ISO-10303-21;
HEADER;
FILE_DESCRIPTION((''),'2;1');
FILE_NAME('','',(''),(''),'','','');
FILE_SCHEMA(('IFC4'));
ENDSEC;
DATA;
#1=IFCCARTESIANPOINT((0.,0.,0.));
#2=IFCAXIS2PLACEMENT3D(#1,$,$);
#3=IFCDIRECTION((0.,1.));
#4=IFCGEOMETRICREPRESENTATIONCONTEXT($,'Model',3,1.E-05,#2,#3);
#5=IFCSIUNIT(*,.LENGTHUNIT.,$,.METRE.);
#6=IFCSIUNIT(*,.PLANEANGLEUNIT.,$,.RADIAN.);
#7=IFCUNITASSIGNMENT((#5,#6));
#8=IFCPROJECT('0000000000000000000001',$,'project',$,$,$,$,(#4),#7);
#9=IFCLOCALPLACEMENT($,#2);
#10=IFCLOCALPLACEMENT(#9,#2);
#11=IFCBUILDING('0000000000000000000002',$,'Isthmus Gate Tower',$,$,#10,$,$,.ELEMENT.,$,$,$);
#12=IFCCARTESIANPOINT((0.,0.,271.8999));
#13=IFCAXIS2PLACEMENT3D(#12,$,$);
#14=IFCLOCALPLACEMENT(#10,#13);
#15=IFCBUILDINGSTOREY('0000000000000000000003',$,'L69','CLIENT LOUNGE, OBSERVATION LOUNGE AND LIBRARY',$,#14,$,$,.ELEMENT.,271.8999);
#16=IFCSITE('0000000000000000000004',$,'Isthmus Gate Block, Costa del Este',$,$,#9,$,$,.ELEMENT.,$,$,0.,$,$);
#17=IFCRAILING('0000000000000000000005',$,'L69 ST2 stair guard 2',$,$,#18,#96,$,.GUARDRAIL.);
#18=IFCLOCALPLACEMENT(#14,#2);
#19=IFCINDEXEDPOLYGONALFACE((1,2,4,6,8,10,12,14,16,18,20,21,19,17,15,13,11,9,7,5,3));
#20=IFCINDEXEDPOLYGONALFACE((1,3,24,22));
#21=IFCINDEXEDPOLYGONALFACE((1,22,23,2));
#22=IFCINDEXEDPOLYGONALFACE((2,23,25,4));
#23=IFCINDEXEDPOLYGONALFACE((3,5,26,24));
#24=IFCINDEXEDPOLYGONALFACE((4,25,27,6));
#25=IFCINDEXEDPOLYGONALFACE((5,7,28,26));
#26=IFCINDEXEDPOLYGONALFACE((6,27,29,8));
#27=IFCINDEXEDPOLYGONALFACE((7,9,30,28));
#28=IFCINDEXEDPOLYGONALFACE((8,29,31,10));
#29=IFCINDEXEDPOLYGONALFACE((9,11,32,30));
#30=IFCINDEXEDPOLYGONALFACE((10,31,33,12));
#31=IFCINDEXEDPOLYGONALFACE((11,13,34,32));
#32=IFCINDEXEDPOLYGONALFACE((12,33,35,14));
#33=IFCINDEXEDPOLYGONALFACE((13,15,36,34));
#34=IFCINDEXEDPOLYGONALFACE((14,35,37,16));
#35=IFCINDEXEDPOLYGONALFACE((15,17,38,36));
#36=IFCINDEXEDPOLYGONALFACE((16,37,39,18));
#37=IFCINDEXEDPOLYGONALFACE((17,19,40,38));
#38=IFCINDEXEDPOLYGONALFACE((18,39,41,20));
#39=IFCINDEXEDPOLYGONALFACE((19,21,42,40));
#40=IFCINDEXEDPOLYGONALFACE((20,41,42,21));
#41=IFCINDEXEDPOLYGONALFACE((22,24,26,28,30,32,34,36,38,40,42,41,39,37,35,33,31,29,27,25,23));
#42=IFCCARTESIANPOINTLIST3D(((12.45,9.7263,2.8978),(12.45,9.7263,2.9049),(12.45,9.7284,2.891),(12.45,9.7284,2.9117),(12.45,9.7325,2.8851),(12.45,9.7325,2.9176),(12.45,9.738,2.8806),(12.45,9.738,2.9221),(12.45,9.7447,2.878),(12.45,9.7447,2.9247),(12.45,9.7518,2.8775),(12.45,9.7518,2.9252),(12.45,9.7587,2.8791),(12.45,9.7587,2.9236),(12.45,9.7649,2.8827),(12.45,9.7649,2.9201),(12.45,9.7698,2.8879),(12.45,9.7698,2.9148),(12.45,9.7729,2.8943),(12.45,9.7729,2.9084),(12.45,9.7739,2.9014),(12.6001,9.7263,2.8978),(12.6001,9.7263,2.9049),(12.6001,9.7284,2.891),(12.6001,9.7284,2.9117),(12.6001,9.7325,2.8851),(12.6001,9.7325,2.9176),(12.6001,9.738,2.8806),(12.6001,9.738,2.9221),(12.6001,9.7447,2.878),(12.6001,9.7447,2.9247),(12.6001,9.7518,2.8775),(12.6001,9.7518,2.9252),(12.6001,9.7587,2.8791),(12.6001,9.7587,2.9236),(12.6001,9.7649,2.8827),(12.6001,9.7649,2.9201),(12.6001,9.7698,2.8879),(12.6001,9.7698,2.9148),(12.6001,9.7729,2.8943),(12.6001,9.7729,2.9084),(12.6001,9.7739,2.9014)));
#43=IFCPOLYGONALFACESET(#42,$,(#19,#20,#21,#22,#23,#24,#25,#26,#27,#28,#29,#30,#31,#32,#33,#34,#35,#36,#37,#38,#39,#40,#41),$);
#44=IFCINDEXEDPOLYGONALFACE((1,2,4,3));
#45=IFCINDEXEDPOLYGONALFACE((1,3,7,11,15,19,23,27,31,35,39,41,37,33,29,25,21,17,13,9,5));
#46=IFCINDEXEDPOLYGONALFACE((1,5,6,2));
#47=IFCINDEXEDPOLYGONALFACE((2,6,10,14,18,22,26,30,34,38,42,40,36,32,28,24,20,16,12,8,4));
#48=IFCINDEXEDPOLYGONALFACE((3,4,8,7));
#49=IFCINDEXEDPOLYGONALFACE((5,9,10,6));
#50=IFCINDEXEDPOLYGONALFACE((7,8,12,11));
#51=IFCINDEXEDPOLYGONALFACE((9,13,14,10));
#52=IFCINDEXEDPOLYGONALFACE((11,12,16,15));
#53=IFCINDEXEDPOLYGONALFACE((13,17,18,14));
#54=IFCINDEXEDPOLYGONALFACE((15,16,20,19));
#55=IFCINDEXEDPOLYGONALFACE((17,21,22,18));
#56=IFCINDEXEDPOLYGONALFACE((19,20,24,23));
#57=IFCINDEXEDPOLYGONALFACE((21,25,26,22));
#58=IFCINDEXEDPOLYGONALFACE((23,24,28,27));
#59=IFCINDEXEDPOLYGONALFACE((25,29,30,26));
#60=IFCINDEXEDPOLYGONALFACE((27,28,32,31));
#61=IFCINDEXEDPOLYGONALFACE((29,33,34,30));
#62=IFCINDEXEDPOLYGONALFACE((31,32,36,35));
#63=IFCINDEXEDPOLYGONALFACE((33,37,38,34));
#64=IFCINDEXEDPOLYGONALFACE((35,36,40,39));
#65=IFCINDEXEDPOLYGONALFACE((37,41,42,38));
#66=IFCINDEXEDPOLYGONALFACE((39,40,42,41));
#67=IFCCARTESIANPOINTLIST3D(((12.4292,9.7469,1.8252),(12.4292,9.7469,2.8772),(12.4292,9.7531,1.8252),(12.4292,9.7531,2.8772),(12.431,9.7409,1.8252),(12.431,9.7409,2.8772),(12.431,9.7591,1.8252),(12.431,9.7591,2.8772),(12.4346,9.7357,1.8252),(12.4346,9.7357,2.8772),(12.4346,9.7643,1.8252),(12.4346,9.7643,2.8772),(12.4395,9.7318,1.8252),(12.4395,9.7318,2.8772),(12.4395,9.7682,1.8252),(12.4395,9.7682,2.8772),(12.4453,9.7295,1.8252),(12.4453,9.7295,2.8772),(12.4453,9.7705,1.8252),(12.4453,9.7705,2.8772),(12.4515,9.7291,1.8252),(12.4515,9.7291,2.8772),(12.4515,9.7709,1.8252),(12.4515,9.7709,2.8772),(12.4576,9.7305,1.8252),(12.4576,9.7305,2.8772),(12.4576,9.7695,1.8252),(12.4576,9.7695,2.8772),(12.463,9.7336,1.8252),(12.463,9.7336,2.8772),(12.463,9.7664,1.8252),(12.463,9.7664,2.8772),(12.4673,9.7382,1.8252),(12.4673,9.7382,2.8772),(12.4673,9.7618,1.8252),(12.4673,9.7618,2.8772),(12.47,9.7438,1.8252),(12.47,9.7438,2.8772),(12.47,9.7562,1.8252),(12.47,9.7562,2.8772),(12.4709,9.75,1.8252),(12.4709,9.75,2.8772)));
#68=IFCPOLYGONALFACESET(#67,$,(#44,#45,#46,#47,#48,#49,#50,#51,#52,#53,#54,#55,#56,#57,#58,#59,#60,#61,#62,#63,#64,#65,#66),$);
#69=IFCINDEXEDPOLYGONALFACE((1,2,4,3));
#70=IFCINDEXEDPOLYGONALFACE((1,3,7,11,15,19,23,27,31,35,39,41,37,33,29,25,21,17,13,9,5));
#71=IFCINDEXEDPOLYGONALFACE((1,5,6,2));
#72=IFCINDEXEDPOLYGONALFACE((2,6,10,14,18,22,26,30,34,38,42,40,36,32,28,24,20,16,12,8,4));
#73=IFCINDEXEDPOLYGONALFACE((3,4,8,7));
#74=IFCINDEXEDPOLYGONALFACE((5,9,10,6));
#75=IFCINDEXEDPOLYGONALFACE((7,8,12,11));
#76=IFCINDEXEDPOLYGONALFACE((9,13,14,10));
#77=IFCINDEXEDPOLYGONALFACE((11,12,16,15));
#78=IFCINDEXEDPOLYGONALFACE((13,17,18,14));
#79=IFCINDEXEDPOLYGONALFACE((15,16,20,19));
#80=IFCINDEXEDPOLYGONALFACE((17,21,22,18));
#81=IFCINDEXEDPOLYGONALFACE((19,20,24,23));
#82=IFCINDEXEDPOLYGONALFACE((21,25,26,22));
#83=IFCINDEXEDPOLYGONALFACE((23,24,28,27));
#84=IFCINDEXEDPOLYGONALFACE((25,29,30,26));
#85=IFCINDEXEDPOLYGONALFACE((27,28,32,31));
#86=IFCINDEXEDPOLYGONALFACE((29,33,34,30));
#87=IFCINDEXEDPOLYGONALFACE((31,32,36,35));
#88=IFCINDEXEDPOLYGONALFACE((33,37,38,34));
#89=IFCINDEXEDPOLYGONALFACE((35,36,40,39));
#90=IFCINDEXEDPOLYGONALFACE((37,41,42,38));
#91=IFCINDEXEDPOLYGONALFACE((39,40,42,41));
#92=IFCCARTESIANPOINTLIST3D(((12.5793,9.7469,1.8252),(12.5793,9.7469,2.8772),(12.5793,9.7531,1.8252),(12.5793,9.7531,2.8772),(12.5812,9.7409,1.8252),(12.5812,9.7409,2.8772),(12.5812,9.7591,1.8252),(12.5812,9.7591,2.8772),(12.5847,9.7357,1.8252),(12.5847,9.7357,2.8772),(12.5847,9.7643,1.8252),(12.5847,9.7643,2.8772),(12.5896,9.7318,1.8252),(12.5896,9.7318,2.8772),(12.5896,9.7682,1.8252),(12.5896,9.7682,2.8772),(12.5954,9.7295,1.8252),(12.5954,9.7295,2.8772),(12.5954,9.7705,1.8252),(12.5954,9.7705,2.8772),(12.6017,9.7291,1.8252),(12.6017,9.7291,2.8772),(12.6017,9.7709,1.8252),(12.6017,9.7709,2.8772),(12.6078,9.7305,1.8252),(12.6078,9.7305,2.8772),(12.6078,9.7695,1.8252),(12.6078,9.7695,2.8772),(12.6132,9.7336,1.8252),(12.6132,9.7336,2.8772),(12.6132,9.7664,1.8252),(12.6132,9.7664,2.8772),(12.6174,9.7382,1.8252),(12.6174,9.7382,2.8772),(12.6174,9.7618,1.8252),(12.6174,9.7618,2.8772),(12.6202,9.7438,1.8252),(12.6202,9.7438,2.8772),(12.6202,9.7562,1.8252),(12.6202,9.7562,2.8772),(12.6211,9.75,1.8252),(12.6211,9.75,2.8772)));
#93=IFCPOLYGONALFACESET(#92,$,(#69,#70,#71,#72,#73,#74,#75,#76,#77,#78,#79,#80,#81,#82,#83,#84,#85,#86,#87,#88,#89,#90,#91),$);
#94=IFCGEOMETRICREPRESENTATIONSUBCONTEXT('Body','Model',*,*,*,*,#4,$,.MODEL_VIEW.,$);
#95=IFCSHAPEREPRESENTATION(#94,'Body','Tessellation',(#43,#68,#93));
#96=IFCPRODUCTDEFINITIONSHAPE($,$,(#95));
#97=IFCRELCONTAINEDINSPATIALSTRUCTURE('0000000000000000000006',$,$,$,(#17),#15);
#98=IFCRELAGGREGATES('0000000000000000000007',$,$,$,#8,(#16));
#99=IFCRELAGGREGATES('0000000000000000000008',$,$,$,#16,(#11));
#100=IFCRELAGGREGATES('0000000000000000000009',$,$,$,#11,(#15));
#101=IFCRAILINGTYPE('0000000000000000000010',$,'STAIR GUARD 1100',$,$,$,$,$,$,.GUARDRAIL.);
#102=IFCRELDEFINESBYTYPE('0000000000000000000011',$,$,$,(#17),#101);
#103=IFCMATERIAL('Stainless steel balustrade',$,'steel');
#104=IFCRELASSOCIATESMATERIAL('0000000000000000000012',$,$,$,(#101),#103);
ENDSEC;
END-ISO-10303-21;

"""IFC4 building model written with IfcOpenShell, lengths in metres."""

from ifc_helpers import new_model, si_unit, direction, frame, origin, origin_2d, place, context, subcontext, project, spatial, circle, extrude, material, type_object, element, save


model = new_model("IFC4")

# Units and contexts
model_context = context("Model", 3, precision=1e-05, world=origin(), true_north=direction((0.0, 1.0)))
body_context = subcontext(model_context, "Body", "Model", "MODEL_VIEW")
ifc_project = project(units=[si_unit("LENGTHUNIT", "METRE"), si_unit("PLANEANGLEUNIT", "RADIAN")], contexts=[model_context])

# Site, building, storey
site_placement = place(None, origin())
site = spatial("IfcSite", under=ifc_project, at=site_placement, Name="Isthmus Gate Block, Costa del Este", CompositionType="ELEMENT", RefElevation=0.0)
building_placement = place(site_placement, origin())
building = spatial("IfcBuilding", under=site, at=building_placement, Name="Isthmus Gate Tower", CompositionType="ELEMENT")
storey_placement = place(building_placement, frame((0.0, 0.0, 271.8999)))
storey = spatial("IfcBuildingStorey", under=building, at=storey_placement, Name="L69", Description="CLIENT LOUNGE, OBSERVATION LOUNGE AND LIBRARY", CompositionType="ELEMENT", Elevation=271.8999)

# Railing
ifc_material_1 = material(Name="Stainless steel balustrade", Category="steel")
railing_type_1 = type_object("IfcRailingType", Name="STAIR GUARD 1100", PredefinedType="GUARDRAIL", material=ifc_material_1)
railing_1_placement = place(storey_placement, frame((12.45, 9.75, 1.8252)))
element("IfcRailing", 1, at=railing_1_placement, inside=storey, type_object=railing_type_1, Name="L69 ST2 stair guard 2", PredefinedType="GUARDRAIL", context=body_context, shape_type="SweptSolid", body=[
    extrude(circle(Radius=0.0239, at=origin_2d()), frame((0.0, 0.0, 1.0762), z_axis=(1.0, 0.0, 0.0), x_axis=(0.0, 1.0, 0.0)), (0.0, 0.0, 1.0), 0.1501),
    extrude(circle(Radius=0.021, at=origin_2d()), origin(), (0.0, 0.0, 1.0), 1.052),
    extrude(circle(Radius=0.021, at=origin_2d()), frame((0.1501, 0.0, 0.0)), (0.0, 0.0, 1.0), 1.052),
])

save(model, "model.ifc")
